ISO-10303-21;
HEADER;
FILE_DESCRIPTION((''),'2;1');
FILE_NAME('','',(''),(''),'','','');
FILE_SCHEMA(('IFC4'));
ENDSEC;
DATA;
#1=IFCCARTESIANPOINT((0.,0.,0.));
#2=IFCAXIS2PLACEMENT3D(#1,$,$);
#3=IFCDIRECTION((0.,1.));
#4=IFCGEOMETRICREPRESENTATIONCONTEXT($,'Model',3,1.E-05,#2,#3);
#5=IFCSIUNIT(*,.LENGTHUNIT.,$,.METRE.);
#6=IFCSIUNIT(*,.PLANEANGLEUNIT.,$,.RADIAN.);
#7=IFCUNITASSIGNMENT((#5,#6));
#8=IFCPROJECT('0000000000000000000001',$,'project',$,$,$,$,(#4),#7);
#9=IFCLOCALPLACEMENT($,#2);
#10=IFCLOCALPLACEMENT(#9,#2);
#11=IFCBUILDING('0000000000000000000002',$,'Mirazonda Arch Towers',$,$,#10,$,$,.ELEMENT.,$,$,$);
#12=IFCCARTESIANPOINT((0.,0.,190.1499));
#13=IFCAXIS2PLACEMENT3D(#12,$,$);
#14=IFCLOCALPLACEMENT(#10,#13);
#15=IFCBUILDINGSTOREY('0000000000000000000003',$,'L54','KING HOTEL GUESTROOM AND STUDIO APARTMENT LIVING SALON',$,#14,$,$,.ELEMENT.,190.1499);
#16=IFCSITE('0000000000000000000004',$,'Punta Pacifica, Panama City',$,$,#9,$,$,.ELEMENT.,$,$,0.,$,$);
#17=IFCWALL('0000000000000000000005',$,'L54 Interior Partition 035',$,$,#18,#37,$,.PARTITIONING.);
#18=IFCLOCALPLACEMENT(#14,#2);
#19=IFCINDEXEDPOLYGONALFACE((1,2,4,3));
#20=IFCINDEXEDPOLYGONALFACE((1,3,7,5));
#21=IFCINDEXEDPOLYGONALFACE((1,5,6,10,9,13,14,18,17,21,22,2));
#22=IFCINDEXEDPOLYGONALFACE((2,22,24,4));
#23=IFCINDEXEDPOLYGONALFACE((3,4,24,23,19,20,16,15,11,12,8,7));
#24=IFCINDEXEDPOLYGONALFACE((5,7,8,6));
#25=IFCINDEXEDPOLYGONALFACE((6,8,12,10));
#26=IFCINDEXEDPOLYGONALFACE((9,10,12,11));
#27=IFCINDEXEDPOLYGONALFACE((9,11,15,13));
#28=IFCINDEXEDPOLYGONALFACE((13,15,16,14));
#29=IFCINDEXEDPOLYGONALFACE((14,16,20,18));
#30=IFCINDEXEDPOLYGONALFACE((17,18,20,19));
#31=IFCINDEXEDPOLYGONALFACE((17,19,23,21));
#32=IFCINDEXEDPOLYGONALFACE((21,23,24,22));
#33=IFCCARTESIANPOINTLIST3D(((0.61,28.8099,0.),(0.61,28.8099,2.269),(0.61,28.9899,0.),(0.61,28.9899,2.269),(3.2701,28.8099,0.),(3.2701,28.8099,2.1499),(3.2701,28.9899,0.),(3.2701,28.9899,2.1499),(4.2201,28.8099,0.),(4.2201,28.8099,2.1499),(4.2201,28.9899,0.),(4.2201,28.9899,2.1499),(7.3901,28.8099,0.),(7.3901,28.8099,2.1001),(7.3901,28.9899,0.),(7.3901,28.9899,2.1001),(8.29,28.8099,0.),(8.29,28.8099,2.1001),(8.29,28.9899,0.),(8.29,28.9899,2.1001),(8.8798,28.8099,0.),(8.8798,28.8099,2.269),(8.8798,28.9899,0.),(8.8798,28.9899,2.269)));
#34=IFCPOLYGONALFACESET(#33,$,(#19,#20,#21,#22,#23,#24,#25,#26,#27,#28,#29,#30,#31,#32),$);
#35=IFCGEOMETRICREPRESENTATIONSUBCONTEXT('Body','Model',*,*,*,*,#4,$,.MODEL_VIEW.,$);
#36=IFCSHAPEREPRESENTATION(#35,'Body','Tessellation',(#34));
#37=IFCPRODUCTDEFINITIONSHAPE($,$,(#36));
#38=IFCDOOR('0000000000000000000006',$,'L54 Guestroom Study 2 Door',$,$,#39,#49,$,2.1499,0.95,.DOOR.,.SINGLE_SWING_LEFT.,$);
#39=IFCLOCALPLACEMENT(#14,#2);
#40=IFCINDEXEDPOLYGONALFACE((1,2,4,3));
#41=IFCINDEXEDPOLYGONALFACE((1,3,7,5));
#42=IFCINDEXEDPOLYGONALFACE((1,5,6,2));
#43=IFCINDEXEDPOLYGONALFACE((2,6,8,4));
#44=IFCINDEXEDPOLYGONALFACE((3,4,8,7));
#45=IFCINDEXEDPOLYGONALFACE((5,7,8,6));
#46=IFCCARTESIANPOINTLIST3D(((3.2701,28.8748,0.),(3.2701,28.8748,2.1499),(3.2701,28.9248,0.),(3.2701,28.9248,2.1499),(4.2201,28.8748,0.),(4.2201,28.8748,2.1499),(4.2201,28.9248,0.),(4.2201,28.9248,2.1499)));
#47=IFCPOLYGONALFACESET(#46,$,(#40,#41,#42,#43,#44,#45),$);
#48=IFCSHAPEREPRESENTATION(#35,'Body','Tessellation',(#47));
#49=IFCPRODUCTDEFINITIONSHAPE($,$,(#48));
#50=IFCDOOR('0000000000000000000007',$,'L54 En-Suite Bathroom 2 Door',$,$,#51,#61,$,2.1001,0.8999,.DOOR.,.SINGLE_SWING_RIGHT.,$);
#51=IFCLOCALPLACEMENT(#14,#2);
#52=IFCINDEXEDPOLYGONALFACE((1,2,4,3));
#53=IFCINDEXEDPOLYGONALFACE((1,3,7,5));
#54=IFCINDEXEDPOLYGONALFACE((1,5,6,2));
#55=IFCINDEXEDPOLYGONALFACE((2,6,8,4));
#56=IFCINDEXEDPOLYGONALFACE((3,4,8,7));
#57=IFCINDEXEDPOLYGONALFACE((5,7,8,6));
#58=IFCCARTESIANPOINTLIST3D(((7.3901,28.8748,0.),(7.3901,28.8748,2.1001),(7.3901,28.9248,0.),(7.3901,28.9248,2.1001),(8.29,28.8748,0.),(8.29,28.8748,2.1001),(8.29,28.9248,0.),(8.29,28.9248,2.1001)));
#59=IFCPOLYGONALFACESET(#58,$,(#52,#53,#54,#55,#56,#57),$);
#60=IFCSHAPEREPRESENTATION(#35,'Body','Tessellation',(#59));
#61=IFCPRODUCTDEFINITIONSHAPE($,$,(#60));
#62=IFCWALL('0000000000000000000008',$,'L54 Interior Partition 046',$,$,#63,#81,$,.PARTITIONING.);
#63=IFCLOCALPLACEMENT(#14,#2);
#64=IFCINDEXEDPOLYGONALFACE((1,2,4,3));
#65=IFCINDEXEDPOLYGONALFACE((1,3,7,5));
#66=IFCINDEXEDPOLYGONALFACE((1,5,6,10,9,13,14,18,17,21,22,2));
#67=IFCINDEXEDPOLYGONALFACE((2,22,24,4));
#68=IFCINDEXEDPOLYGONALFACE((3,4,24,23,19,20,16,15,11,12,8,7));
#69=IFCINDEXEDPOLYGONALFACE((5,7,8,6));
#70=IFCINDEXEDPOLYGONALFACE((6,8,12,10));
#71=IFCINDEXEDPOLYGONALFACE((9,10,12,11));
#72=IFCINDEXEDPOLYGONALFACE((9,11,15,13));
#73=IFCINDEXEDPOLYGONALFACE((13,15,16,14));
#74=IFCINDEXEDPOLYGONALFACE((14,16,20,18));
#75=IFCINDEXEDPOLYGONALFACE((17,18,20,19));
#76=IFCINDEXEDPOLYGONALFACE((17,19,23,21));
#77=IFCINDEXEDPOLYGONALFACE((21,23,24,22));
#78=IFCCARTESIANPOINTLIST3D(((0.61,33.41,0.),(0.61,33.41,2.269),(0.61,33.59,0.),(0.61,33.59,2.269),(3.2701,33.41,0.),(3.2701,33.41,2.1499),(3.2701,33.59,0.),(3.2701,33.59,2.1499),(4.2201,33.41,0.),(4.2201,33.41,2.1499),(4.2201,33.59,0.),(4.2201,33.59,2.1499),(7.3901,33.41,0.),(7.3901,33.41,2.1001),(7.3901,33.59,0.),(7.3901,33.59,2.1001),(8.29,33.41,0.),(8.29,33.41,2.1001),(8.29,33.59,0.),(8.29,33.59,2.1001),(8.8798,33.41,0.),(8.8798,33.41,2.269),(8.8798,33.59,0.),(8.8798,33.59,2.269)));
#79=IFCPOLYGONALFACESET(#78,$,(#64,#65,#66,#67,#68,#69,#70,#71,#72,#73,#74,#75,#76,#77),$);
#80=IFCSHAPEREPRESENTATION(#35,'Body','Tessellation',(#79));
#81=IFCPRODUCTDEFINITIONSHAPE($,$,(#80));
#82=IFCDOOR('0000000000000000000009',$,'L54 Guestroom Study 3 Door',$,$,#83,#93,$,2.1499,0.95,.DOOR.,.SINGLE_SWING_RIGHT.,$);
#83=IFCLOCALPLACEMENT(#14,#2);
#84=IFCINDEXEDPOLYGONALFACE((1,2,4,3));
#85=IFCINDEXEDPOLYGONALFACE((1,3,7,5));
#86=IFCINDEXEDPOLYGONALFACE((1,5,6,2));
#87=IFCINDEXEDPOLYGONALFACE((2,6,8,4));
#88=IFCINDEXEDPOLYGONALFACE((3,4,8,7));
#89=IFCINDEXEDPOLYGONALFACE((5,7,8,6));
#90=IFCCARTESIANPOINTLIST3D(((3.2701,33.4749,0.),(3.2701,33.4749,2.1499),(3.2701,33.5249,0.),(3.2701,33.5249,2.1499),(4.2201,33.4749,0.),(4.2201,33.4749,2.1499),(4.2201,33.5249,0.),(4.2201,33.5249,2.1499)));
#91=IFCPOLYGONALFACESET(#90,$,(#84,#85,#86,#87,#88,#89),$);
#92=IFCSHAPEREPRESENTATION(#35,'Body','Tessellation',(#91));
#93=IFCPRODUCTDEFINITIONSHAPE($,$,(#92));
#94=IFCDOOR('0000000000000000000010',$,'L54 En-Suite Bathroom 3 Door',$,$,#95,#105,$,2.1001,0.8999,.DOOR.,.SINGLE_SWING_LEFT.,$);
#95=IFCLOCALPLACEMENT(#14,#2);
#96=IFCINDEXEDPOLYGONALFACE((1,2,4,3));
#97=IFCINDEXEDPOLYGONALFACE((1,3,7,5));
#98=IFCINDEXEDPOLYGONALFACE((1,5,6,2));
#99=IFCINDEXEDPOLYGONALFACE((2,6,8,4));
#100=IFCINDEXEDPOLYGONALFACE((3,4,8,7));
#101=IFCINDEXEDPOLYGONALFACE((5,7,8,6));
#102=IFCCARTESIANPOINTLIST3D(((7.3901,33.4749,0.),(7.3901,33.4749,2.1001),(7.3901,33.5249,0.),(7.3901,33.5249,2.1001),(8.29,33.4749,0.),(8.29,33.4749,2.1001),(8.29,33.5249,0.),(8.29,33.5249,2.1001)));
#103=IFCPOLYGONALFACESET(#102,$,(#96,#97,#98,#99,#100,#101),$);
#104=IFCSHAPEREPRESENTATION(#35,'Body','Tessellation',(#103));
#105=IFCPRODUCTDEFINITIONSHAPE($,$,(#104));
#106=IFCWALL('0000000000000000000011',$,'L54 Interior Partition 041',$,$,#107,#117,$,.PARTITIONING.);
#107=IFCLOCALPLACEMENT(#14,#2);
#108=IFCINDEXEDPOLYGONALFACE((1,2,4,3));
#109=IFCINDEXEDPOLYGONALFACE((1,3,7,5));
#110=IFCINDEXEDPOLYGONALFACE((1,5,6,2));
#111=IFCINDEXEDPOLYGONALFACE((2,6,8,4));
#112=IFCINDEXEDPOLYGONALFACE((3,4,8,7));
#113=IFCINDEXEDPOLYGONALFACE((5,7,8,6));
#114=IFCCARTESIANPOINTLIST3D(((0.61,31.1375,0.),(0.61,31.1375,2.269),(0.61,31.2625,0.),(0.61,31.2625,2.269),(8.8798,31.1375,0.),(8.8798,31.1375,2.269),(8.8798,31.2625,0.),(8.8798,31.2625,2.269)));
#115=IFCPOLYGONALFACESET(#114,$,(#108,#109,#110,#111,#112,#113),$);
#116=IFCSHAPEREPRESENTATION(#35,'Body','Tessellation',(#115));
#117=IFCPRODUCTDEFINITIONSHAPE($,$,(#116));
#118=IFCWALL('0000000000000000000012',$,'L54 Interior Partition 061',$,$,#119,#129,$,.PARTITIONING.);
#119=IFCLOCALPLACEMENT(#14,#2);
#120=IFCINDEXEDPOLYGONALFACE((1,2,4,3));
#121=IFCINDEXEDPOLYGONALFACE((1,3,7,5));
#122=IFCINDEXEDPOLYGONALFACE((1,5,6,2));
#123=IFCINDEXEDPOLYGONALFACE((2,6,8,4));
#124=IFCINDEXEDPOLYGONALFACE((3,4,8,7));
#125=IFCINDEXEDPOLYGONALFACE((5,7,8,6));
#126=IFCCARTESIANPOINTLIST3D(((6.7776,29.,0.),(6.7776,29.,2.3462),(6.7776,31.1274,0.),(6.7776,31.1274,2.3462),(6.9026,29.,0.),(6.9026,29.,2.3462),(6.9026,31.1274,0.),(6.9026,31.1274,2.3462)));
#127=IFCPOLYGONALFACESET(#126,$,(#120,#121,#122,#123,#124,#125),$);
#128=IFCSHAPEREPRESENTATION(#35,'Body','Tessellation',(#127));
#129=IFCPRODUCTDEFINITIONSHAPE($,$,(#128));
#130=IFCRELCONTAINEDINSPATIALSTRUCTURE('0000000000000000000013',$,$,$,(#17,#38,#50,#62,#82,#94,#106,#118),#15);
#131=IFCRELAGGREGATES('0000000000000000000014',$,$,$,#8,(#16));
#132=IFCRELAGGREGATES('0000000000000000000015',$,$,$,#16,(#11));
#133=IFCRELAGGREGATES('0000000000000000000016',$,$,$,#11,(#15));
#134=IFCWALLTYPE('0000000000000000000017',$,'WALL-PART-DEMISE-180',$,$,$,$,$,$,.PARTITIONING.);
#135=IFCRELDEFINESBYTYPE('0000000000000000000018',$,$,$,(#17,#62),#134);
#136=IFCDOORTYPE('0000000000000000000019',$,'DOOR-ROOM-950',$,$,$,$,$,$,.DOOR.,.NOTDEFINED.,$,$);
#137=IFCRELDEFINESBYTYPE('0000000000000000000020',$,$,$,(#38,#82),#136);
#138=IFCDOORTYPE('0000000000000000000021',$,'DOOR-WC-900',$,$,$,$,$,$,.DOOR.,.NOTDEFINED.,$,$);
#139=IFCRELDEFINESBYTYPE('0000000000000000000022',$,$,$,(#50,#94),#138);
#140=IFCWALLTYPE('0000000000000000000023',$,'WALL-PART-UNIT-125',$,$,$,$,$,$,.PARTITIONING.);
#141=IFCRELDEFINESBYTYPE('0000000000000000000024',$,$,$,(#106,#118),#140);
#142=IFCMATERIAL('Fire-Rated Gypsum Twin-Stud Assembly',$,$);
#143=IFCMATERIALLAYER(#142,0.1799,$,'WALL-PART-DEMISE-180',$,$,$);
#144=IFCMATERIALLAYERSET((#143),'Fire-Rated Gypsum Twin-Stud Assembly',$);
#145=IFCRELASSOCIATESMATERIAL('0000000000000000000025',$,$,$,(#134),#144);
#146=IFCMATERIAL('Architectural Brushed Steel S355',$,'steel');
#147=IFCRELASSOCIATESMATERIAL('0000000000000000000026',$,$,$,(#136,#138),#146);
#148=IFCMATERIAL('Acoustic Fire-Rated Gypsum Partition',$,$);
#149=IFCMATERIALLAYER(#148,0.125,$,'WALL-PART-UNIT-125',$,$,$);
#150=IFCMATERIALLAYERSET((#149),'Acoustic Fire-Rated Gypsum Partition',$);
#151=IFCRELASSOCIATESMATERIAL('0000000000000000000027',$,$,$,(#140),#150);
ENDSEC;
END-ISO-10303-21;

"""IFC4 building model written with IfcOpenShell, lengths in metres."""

from ifc_helpers import new_model, si_unit, direction, frame, frame_2d, origin, place, context, subcontext, project, spatial, rectangle, extrude, material, layer, layer_set, type_object, element, fill, save


model = new_model("IFC4")

# Units and contexts
model_context = context("Model", 3, precision=1e-05, world=origin(), true_north=direction((0.0, 1.0)))
body_context = subcontext(model_context, "Body", "Model", "MODEL_VIEW")
ifc_project = project(units=[si_unit("LENGTHUNIT", "METRE"), si_unit("PLANEANGLEUNIT", "RADIAN")], contexts=[model_context])

# Site, building, storey
site_placement = place(None, origin())
site = spatial("IfcSite", under=ifc_project, at=site_placement, Name="Punta Pacifica, Panama City", CompositionType="ELEMENT", RefElevation=0.0)
building_placement = place(site_placement, origin())
building = spatial("IfcBuilding", under=site, at=building_placement, Name="Mirazonda Arch Towers", CompositionType="ELEMENT")
storey_placement = place(building_placement, frame((0.0, 0.0, 190.1499)))
storey = spatial("IfcBuildingStorey", under=building, at=storey_placement, Name="L54", Description="KING HOTEL GUESTROOM AND STUDIO APARTMENT LIVING SALON", CompositionType="ELEMENT", Elevation=190.1499)

# Walls, openings, doors
ifc_material_1 = material(Name="Fire-Rated Gypsum Twin-Stud Assembly")
ifc_layer_1 = layer(ifc_material_1, 0.1799, Name="WALL-PART-DEMISE-180")
ifc_layer_set_1 = layer_set([ifc_layer_1], Name="Fire-Rated Gypsum Twin-Stud Assembly")
wall_type_1 = type_object("IfcWallType", Name="WALL-PART-DEMISE-180", PredefinedType="PARTITIONING", material=ifc_layer_set_1)
wall_1_placement = place(storey_placement, frame((0.6101, 28.8999, 0.0), z_axis=(0.0, 0.0, 1.0), x_axis=(1.0, 0.0, 0.0)))
wall_1 = element("IfcWall", 1, at=wall_1_placement, inside=storey, type_object=wall_type_1, Name="L54 Interior Partition 035", PredefinedType="PARTITIONING", context=body_context, shape_type="SweptSolid", body=[
    extrude(rectangle(XDim=8.2698, YDim=0.1799, at=frame_2d((4.1348, 0.0))), origin(), (0.0, 0.0, 1.0), 2.269),
])
opening_1_placement = place(wall_1_placement, frame((2.6599, 0.0, 0.0)))
opening_1 = element("IfcOpeningElement", 2, at=opening_1_placement, cuts=wall_1, PredefinedType="OPENING", context=body_context, shape_type="SweptSolid", body=[
    extrude(rectangle(XDim=0.95, YDim=2.1499, at=frame_2d((0.4751, 1.075))), frame((0.0, 0.0999, 0.0), z_axis=(0.0, -1.0, 0.0), x_axis=(1.0, 0.0, 0.0)), (0.0, 0.0, 1.0), 0.2),
])
opening_2_placement = place(wall_1_placement, frame((6.78, 0.0, 0.0)))
opening_2 = element("IfcOpeningElement", 3, at=opening_2_placement, cuts=wall_1, PredefinedType="OPENING", context=body_context, shape_type="SweptSolid", body=[
    extrude(rectangle(XDim=0.8999, YDim=2.1001, at=frame_2d((0.45, 1.05))), frame((0.0, 0.0999, 0.0), z_axis=(0.0, -1.0, 0.0), x_axis=(1.0, 0.0, 0.0)), (0.0, 0.0, 1.0), 0.2),
])
ifc_material_2 = material(Name="Architectural Brushed Steel S355", Category="steel")
door_type_1 = type_object("IfcDoorType", Name="DOOR-ROOM-950", OperationType="NOTDEFINED", PredefinedType="DOOR", material=ifc_material_2)
door_1_placement = place(opening_1_placement, origin())
door_1 = element("IfcDoor", 4, at=door_1_placement, inside=storey, type_object=door_type_1, Name="L54 Guestroom Study 2 Door", OperationType="SINGLE_SWING_LEFT", OverallHeight=2.1499, OverallWidth=0.95, PredefinedType="DOOR", context=body_context, shape_type="SweptSolid", body=[
    extrude(rectangle(XDim=0.95, YDim=2.1499, at=frame_2d((0.4751, 1.075))), frame((0.0, 0.0249, 0.0), z_axis=(0.0, -1.0, 0.0), x_axis=(1.0, 0.0, 0.0)), (0.0, 0.0, 1.0), 0.05),
])
fill(opening_1, door_1)
door_type_2 = type_object("IfcDoorType", Name="DOOR-WC-900", OperationType="NOTDEFINED", PredefinedType="DOOR", material=ifc_material_2)
door_2_placement = place(opening_2_placement, origin())
door_2 = element("IfcDoor", 5, at=door_2_placement, inside=storey, type_object=door_type_2, Name="L54 En-Suite Bathroom 2 Door", OperationType="SINGLE_SWING_RIGHT", OverallHeight=2.1001, OverallWidth=0.8999, PredefinedType="DOOR", context=body_context, shape_type="SweptSolid", body=[
    extrude(rectangle(XDim=0.8999, YDim=2.1001, at=frame_2d((0.45, 1.05))), frame((0.0, 0.0249, 0.0), z_axis=(0.0, -1.0, 0.0), x_axis=(1.0, 0.0, 0.0)), (0.0, 0.0, 1.0), 0.05),
])
fill(opening_2, door_2)
wall_2_placement = place(storey_placement, frame((0.6101, 33.5, 0.0), z_axis=(0.0, 0.0, 1.0), x_axis=(1.0, 0.0, 0.0)))
wall_2 = element("IfcWall", 6, at=wall_2_placement, inside=storey, type_object=wall_type_1, Name="L54 Interior Partition 046", PredefinedType="PARTITIONING", context=body_context, shape_type="SweptSolid", body=[
    extrude(rectangle(XDim=8.2698, YDim=0.1799, at=frame_2d((4.1348, 0.0))), origin(), (0.0, 0.0, 1.0), 2.269),
])
opening_3_placement = place(wall_2_placement, frame((2.6599, 0.0, 0.0)))
opening_3 = element("IfcOpeningElement", 7, at=opening_3_placement, cuts=wall_2, PredefinedType="OPENING", context=body_context, shape_type="SweptSolid", body=[
    extrude(rectangle(XDim=0.95, YDim=2.1499, at=frame_2d((0.4751, 1.075))), frame((0.0, 0.0999, 0.0), z_axis=(0.0, -1.0, 0.0), x_axis=(1.0, 0.0, 0.0)), (0.0, 0.0, 1.0), 0.2),
])
opening_4_placement = place(wall_2_placement, frame((6.78, 0.0, 0.0)))
opening_4 = element("IfcOpeningElement", 8, at=opening_4_placement, cuts=wall_2, PredefinedType="OPENING", context=body_context, shape_type="SweptSolid", body=[
    extrude(rectangle(XDim=0.8999, YDim=2.1001, at=frame_2d((0.45, 1.05))), frame((0.0, 0.0999, 0.0), z_axis=(0.0, -1.0, 0.0), x_axis=(1.0, 0.0, 0.0)), (0.0, 0.0, 1.0), 0.2),
])
door_3_placement = place(opening_3_placement, origin())
door_3 = element("IfcDoor", 9, at=door_3_placement, inside=storey, type_object=door_type_1, Name="L54 Guestroom Study 3 Door", OperationType="SINGLE_SWING_RIGHT", OverallHeight=2.1499, OverallWidth=0.95, PredefinedType="DOOR", context=body_context, shape_type="SweptSolid", body=[
    extrude(rectangle(XDim=0.95, YDim=2.1499, at=frame_2d((0.4751, 1.075))), frame((0.0, 0.0249, 0.0), z_axis=(0.0, -1.0, 0.0), x_axis=(1.0, 0.0, 0.0)), (0.0, 0.0, 1.0), 0.05),
])
fill(opening_3, door_3)
door_4_placement = place(opening_4_placement, origin())
door_4 = element("IfcDoor", 10, at=door_4_placement, inside=storey, type_object=door_type_2, Name="L54 En-Suite Bathroom 3 Door", OperationType="SINGLE_SWING_LEFT", OverallHeight=2.1001, OverallWidth=0.8999, PredefinedType="DOOR", context=body_context, shape_type="SweptSolid", body=[
    extrude(rectangle(XDim=0.8999, YDim=2.1001, at=frame_2d((0.45, 1.05))), frame((0.0, 0.0249, 0.0), z_axis=(0.0, -1.0, 0.0), x_axis=(1.0, 0.0, 0.0)), (0.0, 0.0, 1.0), 0.05),
])
fill(opening_4, door_4)

# Walls
ifc_material_3 = material(Name="Acoustic Fire-Rated Gypsum Partition")
ifc_layer_2 = layer(ifc_material_3, 0.125, Name="WALL-PART-UNIT-125")
ifc_layer_set_2 = layer_set([ifc_layer_2], Name="Acoustic Fire-Rated Gypsum Partition")
wall_type_2 = type_object("IfcWallType", Name="WALL-PART-UNIT-125", PredefinedType="PARTITIONING", material=ifc_layer_set_2)
wall_3_placement = place(storey_placement, frame((0.6101, 31.2, 0.0), z_axis=(0.0, 0.0, 1.0), x_axis=(1.0, 0.0, 0.0)))
element("IfcWall", 11, at=wall_3_placement, inside=storey, type_object=wall_type_2, Name="L54 Interior Partition 041", PredefinedType="PARTITIONING", context=body_context, shape_type="SweptSolid", body=[
    extrude(rectangle(XDim=8.2698, YDim=0.125, at=frame_2d((4.1348, 0.0))), origin(), (0.0, 0.0, 1.0), 2.269),
])
wall_4_placement = place(storey_placement, frame((6.8401, 29.0, 0.0), z_axis=(0.0, 0.0, 1.0), x_axis=(0.0, 1.0, 0.0)))
element("IfcWall", 12, at=wall_4_placement, inside=storey, type_object=wall_type_2, Name="L54 Interior Partition 061", PredefinedType="PARTITIONING", context=body_context, shape_type="SweptSolid", body=[
    extrude(rectangle(XDim=2.1274, YDim=0.125, at=frame_2d((1.0637, 0.0))), origin(), (0.0, 0.0, 1.0), 2.3462),
])

save(model, "model.ifc")
